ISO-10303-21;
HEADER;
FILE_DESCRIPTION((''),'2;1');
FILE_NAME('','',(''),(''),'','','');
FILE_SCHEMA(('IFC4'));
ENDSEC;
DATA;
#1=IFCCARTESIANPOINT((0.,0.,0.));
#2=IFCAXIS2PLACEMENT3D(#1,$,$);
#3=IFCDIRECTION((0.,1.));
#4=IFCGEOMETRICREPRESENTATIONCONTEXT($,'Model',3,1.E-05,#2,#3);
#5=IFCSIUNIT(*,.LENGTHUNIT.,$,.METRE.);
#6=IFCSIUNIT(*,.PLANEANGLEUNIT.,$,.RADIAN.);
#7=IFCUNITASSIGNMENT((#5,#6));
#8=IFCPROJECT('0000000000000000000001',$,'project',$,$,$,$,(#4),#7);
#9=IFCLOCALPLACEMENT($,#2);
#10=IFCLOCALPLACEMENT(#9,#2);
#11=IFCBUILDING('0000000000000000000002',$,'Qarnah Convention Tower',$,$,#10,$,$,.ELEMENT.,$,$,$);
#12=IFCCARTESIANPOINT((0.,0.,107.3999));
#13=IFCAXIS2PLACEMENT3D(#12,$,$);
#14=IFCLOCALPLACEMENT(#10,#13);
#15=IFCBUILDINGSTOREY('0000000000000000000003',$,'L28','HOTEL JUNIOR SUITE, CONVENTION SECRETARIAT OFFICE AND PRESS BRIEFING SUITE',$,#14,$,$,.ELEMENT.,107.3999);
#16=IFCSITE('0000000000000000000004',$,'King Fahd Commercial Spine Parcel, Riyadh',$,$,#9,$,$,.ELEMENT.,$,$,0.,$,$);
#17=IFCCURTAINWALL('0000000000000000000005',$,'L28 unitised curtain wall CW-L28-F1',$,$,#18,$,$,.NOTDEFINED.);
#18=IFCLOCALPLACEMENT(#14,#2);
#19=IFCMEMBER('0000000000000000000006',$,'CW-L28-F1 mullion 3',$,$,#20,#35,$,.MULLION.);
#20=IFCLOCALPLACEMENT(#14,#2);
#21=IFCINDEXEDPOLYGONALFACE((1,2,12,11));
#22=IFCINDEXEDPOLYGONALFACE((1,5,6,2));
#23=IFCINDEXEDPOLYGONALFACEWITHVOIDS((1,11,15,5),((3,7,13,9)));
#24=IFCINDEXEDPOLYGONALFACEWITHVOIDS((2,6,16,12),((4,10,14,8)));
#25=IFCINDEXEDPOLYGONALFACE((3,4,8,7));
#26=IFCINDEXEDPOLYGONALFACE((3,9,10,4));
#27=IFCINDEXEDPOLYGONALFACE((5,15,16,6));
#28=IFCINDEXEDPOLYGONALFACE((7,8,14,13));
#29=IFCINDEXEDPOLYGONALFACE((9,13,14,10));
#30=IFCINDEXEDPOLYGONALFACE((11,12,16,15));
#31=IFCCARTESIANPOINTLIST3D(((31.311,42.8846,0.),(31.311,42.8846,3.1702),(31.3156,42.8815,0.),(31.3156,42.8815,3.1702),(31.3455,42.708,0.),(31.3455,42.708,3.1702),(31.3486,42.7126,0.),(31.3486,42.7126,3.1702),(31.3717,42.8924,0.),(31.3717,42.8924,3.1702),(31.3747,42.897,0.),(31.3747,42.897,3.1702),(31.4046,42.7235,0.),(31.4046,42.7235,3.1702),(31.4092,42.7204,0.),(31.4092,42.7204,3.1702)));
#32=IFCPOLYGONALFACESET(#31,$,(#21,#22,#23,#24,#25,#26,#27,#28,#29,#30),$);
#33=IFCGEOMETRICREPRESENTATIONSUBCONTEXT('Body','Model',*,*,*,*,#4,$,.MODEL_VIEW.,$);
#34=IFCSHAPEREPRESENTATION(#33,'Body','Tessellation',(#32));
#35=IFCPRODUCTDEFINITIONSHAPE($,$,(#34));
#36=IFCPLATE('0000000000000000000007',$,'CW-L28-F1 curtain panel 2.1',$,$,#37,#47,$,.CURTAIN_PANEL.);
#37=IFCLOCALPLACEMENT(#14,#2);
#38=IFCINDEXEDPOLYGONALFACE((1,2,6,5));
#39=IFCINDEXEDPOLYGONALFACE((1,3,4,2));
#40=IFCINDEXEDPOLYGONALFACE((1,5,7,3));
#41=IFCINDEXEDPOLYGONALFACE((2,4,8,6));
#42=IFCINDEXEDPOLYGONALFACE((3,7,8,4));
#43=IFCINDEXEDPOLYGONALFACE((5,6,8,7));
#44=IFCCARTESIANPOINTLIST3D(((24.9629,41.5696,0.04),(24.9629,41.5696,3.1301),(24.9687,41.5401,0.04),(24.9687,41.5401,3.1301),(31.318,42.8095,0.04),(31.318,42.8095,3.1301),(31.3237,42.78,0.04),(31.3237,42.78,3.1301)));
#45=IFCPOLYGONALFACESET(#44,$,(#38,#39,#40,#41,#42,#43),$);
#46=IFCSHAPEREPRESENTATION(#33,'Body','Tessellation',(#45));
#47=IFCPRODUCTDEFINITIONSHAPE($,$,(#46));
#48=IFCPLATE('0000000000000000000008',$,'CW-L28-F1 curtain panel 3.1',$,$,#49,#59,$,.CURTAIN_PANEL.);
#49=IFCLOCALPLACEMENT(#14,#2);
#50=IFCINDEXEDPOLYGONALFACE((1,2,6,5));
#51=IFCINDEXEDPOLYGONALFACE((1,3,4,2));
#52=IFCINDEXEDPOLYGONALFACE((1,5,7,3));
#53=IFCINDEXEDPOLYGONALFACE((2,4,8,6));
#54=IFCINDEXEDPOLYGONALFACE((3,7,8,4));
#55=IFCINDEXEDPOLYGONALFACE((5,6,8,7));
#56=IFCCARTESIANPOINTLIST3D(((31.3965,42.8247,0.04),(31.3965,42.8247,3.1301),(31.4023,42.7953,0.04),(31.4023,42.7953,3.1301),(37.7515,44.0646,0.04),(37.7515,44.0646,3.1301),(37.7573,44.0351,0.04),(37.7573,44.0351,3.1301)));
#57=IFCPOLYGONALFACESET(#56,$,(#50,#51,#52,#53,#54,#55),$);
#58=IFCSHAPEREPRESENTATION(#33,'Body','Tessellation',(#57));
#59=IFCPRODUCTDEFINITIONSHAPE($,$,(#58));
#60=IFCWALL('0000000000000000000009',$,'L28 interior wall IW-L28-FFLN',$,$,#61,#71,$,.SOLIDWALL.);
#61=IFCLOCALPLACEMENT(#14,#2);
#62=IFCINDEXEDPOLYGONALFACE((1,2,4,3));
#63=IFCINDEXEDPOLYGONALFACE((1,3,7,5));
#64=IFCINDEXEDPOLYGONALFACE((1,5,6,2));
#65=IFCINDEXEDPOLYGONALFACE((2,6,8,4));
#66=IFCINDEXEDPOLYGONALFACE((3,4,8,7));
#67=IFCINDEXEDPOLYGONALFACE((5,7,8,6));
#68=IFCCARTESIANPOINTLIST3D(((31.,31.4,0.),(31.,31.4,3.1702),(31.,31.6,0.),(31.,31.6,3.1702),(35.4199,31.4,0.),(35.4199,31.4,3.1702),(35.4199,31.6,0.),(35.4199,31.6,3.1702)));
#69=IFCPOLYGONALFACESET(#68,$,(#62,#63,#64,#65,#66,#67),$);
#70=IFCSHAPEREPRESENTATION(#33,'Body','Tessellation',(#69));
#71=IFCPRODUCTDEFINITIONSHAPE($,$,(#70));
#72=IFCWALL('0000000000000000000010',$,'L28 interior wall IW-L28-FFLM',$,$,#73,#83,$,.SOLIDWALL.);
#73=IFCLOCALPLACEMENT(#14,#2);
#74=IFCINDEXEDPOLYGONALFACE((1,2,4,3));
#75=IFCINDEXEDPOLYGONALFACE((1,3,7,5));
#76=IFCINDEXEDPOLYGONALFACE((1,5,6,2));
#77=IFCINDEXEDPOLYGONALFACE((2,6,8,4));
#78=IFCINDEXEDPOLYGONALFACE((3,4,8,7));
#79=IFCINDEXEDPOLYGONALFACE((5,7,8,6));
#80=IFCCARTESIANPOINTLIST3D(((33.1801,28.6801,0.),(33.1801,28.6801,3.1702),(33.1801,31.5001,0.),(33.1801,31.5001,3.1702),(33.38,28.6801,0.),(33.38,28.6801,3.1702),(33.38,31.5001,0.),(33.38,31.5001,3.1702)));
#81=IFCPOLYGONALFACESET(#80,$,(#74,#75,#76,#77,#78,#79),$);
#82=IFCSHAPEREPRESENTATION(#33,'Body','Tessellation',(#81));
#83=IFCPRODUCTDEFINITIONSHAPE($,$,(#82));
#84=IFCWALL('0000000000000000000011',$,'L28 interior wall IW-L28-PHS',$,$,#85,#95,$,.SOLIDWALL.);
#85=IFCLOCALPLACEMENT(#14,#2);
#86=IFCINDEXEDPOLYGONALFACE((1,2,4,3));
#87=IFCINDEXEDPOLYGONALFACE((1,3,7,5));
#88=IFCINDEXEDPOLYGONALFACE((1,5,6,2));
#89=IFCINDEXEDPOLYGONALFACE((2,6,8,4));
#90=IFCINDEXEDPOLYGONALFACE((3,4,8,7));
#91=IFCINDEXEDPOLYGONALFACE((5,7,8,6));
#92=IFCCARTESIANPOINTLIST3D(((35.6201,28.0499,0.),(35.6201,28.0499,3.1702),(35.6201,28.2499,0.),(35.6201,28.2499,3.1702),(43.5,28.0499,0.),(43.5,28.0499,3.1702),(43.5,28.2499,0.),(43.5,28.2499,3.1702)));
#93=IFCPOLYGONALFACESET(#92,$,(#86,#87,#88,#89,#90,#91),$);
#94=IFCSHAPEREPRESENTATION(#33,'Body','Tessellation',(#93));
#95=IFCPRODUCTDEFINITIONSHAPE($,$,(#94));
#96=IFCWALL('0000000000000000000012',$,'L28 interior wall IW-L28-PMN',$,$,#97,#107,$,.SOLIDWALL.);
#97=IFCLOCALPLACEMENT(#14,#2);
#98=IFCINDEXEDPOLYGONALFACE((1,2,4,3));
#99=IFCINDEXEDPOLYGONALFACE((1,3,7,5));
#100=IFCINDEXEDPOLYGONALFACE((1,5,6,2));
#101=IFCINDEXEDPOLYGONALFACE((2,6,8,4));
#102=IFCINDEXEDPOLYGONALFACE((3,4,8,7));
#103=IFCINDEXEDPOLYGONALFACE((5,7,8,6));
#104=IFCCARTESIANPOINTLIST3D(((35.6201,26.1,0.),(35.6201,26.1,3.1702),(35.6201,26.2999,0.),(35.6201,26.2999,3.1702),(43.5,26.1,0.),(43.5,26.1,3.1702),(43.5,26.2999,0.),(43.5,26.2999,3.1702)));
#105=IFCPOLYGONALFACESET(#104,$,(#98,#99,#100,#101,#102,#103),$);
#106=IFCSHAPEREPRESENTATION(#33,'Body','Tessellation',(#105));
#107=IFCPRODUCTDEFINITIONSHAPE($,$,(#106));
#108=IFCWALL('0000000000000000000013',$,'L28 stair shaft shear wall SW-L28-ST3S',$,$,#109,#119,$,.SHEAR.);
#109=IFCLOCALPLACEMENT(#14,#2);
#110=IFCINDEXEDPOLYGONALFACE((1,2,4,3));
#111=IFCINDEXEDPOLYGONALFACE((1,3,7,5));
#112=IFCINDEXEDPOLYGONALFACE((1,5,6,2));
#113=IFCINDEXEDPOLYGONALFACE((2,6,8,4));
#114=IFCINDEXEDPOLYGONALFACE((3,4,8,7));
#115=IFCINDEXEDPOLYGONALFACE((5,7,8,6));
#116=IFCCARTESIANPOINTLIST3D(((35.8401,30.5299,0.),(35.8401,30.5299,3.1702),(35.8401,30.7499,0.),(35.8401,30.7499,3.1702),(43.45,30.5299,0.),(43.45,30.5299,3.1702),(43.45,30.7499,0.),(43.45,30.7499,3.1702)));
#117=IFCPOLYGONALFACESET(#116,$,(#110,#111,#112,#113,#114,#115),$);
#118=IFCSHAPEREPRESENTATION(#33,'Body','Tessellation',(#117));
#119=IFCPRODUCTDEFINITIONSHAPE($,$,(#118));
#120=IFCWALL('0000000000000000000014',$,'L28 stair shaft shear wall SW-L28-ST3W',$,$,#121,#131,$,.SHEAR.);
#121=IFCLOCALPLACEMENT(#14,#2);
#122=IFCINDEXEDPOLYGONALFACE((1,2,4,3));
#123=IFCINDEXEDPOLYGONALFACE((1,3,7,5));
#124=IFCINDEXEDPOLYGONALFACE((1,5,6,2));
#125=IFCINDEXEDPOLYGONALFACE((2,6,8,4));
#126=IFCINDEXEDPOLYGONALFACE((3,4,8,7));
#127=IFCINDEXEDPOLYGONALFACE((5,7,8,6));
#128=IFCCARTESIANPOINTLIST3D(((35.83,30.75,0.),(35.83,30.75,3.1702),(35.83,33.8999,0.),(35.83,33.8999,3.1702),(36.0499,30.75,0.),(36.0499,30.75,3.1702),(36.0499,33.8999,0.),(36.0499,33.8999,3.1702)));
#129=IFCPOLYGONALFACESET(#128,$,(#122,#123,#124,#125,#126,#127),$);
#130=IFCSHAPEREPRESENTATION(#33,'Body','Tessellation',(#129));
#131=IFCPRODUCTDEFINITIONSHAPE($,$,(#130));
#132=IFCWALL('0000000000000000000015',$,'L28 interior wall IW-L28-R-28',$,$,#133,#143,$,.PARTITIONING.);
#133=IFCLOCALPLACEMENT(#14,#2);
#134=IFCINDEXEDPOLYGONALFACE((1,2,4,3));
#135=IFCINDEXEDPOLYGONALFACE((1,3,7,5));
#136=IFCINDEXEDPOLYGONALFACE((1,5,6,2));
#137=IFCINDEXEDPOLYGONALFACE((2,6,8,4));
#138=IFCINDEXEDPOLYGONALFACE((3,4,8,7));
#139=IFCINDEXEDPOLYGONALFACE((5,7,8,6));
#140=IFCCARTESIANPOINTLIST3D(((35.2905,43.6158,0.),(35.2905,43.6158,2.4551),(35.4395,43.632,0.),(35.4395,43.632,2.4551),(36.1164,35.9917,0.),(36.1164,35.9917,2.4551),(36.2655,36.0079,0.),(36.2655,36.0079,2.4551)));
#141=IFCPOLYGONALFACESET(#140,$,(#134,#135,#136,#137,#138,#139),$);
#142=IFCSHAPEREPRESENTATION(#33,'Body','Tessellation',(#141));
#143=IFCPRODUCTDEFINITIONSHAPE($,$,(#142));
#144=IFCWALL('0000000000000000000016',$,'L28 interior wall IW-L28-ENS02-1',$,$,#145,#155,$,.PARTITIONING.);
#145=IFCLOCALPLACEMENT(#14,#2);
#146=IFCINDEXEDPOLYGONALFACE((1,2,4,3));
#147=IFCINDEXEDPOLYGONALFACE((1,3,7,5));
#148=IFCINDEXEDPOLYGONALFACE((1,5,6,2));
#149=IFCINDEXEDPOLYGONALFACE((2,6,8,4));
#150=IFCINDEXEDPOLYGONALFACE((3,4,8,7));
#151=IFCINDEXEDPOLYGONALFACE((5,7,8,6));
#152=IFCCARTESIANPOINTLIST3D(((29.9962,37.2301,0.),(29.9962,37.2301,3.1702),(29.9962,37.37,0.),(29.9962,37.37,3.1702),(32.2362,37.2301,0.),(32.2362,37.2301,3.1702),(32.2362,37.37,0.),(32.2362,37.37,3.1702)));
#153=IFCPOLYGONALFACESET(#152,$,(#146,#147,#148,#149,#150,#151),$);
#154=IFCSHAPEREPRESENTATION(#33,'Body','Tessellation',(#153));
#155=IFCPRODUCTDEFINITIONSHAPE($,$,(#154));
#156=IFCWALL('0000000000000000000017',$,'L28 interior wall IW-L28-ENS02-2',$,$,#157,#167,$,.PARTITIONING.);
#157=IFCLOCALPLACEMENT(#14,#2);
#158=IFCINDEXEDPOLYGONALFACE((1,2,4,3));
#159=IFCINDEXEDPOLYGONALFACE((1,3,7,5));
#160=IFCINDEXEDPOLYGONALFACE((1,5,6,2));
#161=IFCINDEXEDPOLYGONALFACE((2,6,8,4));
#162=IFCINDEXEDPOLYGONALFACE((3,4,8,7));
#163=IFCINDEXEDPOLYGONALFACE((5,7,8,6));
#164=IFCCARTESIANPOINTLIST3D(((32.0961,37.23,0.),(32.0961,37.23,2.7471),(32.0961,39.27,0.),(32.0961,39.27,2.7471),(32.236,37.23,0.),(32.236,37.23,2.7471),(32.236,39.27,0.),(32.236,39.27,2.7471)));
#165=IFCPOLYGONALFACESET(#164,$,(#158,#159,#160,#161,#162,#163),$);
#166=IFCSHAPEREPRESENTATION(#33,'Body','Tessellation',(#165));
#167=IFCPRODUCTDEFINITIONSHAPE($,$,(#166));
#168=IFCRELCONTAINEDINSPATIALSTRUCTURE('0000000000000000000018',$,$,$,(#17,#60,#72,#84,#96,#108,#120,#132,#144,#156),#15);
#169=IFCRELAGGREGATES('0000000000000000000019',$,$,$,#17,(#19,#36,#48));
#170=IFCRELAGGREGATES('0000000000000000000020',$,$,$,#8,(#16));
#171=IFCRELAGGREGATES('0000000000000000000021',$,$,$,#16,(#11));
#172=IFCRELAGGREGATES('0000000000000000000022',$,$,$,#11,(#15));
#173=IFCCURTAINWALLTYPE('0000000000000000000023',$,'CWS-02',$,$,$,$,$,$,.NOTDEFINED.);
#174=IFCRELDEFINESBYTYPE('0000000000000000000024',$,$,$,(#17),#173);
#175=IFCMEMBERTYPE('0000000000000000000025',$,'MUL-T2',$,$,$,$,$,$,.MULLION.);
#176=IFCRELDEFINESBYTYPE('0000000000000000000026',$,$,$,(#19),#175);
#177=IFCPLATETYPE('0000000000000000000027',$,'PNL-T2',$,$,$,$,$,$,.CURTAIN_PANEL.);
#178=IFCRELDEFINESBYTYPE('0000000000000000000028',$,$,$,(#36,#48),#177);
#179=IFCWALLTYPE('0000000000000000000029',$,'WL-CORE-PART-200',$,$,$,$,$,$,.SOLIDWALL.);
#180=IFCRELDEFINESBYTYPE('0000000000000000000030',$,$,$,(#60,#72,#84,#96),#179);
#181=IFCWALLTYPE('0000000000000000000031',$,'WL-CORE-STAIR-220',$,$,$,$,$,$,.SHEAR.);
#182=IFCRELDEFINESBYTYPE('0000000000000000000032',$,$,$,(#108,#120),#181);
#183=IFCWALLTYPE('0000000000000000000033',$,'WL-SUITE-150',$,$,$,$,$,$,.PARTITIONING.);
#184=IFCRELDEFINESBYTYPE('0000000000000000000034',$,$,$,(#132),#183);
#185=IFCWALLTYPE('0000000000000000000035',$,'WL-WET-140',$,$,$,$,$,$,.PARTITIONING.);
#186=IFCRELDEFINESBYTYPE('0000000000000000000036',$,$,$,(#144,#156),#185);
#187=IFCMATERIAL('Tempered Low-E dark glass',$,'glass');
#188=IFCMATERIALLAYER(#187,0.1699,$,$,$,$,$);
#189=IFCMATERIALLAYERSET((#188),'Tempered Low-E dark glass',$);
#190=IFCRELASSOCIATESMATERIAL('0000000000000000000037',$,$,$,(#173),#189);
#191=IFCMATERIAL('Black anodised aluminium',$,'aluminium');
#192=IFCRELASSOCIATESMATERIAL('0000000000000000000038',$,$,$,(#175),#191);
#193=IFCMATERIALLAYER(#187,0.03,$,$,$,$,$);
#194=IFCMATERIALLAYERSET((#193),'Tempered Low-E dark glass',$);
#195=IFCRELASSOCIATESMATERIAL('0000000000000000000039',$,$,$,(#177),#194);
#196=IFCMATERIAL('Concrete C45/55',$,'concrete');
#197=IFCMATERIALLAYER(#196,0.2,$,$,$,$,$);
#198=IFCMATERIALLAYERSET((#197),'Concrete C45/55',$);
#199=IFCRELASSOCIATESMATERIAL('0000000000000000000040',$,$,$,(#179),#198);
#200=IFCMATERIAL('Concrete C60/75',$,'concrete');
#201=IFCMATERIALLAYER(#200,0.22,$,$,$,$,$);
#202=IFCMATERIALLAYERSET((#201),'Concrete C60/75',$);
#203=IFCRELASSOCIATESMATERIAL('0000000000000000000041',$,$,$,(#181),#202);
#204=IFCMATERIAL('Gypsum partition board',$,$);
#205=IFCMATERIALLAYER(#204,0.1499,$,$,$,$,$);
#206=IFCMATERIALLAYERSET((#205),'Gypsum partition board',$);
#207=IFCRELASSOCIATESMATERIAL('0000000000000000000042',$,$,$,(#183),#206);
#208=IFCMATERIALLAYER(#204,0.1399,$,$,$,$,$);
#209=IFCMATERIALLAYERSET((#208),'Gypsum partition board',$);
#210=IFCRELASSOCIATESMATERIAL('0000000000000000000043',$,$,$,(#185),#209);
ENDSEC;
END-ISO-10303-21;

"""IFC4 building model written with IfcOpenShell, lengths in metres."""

from ifc_helpers import new_model, si_unit, direction, frame, frame_2d, origin, origin_2d, place, context, subcontext, project, spatial, rectangle, hollow_rectangle, extrude, material, layer, layer_set, material_profile, profile_set, type_object, element, aggregate, save


model = new_model("IFC4")

# Units and contexts
model_context = context("Model", 3, precision=1e-05, world=origin(), true_north=direction((0.0, 1.0)))
body_context = subcontext(model_context, "Body", "Model", "MODEL_VIEW")
ifc_project = project(units=[si_unit("LENGTHUNIT", "METRE"), si_unit("PLANEANGLEUNIT", "RADIAN")], contexts=[model_context])

# Site, building, storey
site_placement = place(None, origin())
site = spatial("IfcSite", under=ifc_project, at=site_placement, Name="King Fahd Commercial Spine Parcel, Riyadh", CompositionType="ELEMENT", RefElevation=0.0)
building_placement = place(site_placement, origin())
building = spatial("IfcBuilding", under=site, at=building_placement, Name="Qarnah Convention Tower", CompositionType="ELEMENT")
storey_placement = place(building_placement, frame((0.0, 0.0, 107.3999)))
storey = spatial("IfcBuildingStorey", under=building, at=storey_placement, Name="L28", Description="HOTEL JUNIOR SUITE, CONVENTION SECRETARIAT OFFICE AND PRESS BRIEFING SUITE", CompositionType="ELEMENT", Elevation=107.3999)

# Shared definitions
ifc_material_1 = material(Name="Concrete C60/75", Category="concrete")

# Curtain wall, member, plates
ifc_material_2 = material(Name="Tempered Low-E dark glass", Category="glass")
ifc_layer_1 = layer(ifc_material_2, 0.1699)
ifc_layer_set_1 = layer_set([ifc_layer_1], Name="Tempered Low-E dark glass")
curtain_wall_type = type_object("IfcCurtainWallType", Name="CWS-02", PredefinedType="NOTDEFINED", material=ifc_layer_set_1)
curtain_wall_placement = place(storey_placement, origin())
curtain_wall = element("IfcCurtainWall", 1, at=curtain_wall_placement, inside=storey, type_object=curtain_wall_type, Name="L28 unitised curtain wall CW-L28-F1", PredefinedType="NOTDEFINED")
ifc_material_3 = material(Name="Black anodised aluminium", Category="aluminium")
ifc_material_profile_1 = material_profile(ifc_material_3, hollow_rectangle(XDim=0.0649, YDim=0.1799, WallThickness=0.0039, at=origin_2d()), Name="MUL-65X180")
ifc_profile_set_1 = profile_set([ifc_material_profile_1], Name="Black anodised aluminium")
member_type = type_object("IfcMemberType", Name="MUL-T2", PredefinedType="MULLION", material=ifc_profile_set_1)
member_placement = place(storey_placement, frame((31.3601, 42.8025, 0.0), z_axis=(0.0, 0.0, 1.0), x_axis=(0.981495, 0.19149, 0.0)))
member = element("IfcMember", 2, at=member_placement, type_object=member_type, Name="CW-L28-F1 mullion 3", PredefinedType="MULLION", context=body_context, shape_type="SweptSolid", body=[
    extrude(hollow_rectangle(XDim=0.0649, YDim=0.1799, WallThickness=0.0039, at=origin_2d()), origin(), (0.0, 0.0, 1.0), 3.1702),
])
ifc_layer_2 = layer(ifc_material_2, 0.03)
ifc_layer_set_2 = layer_set([ifc_layer_2], Name="Tempered Low-E dark glass")
plate_type = type_object("IfcPlateType", Name="PNL-T2", PredefinedType="CURTAIN_PANEL", material=ifc_layer_set_2)
plate_1_placement = place(storey_placement, frame((28.1433, 42.1748, 0.04), z_axis=(0.0, 0.0, 1.0), x_axis=(0.981495, 0.19149, 0.0)))
plate_1 = element("IfcPlate", 3, at=plate_1_placement, type_object=plate_type, Name="CW-L28-F1 curtain panel 2.1", PredefinedType="CURTAIN_PANEL", context=body_context, shape_type="SweptSolid", body=[
    extrude(rectangle(XDim=6.4749, YDim=0.03, at=origin_2d()), origin(), (0.0, 0.0, 1.0), 3.0901),
])
plate_2_placement = place(storey_placement, frame((34.5769, 43.4299, 0.04), z_axis=(0.0, 0.0, 1.0), x_axis=(0.981495, 0.19149, 0.0)))
plate_2 = element("IfcPlate", 4, at=plate_2_placement, type_object=plate_type, Name="CW-L28-F1 curtain panel 3.1", PredefinedType="CURTAIN_PANEL", context=body_context, shape_type="SweptSolid", body=[
    extrude(rectangle(XDim=6.4749, YDim=0.03, at=origin_2d()), origin(), (0.0, 0.0, 1.0), 3.0901),
])
aggregate(curtain_wall, [member, plate_1, plate_2])

# Shared definitions
ifc_material_4 = material(Name="Concrete C45/55", Category="concrete")
ifc_layer_3 = layer(ifc_material_4, 0.2)
ifc_layer_set_3 = layer_set([ifc_layer_3], Name="Concrete C45/55")
wall_type_1 = type_object("IfcWallType", Name="WL-CORE-PART-200", PredefinedType="SOLIDWALL", material=ifc_layer_set_3)

# Walls
wall_1_placement = place(storey_placement, frame((31.0, 31.5, 0.0), z_axis=(0.0, 0.0, 1.0), x_axis=(1.0, 0.0, 0.0)))
element("IfcWall", 5, at=wall_1_placement, inside=storey, type_object=wall_type_1, Name="L28 interior wall IW-L28-FFLN", PredefinedType="SOLIDWALL", context=body_context, shape_type="SweptSolid", body=[
    extrude(rectangle(XDim=4.4199, YDim=0.2, at=frame_2d((2.21, 0.0))), origin(), (0.0, 0.0, 1.0), 3.1702),
])
wall_2_placement = place(storey_placement, frame((33.28, 28.6799, 0.0), z_axis=(0.0, 0.0, 1.0), x_axis=(0.0, 1.0, 0.0)))
element("IfcWall", 6, at=wall_2_placement, inside=storey, type_object=wall_type_1, Name="L28 interior wall IW-L28-FFLM", PredefinedType="SOLIDWALL", context=body_context, shape_type="SweptSolid", body=[
    extrude(rectangle(XDim=2.8201, YDim=0.2, at=frame_2d((1.4102, 0.0))), origin(), (0.0, 0.0, 1.0), 3.1702),
])
for number, where, z_axis, x_axis, name in (
    (7, (35.6201, 28.1499, 0.0), (0.0, 0.0, 1.0), (1.0, 0.0, 0.0), "L28 interior wall IW-L28-PHS"),
    (8, (35.6201, 26.2, 0.0), (0.0, 0.0, 1.0), (1.0, 0.0, 0.0), "L28 interior wall IW-L28-PMN"),
):
    element("IfcWall", number, at=place(storey_placement, frame(where, z_axis=z_axis, x_axis=x_axis)), inside=storey, type_object=wall_type_1, Name=name, PredefinedType="SOLIDWALL", context=body_context, shape_type="SweptSolid", body=[
        extrude(rectangle(XDim=7.8799, YDim=0.2, at=frame_2d((3.9399, 0.0))), origin(), (0.0, 0.0, 1.0), 3.1702),
    ])
ifc_layer_4 = layer(ifc_material_1, 0.22)
ifc_layer_set_4 = layer_set([ifc_layer_4], Name="Concrete C60/75")
wall_type_2 = type_object("IfcWallType", Name="WL-CORE-STAIR-220", PredefinedType="SHEAR", material=ifc_layer_set_4)
wall_3_placement = place(storey_placement, frame((35.8401, 30.6399, 0.0), z_axis=(0.0, 0.0, 1.0), x_axis=(1.0, 0.0, 0.0)))
element("IfcWall", 9, at=wall_3_placement, inside=storey, type_object=wall_type_2, Name="L28 stair shaft shear wall SW-L28-ST3S", PredefinedType="SHEAR", context=body_context, shape_type="SweptSolid", body=[
    extrude(rectangle(XDim=7.6099, YDim=0.22, at=frame_2d((3.8049, 0.0))), origin(), (0.0, 0.0, 1.0), 3.1702),
])
wall_4_placement = place(storey_placement, frame((35.9399, 30.75, 0.0), z_axis=(0.0, 0.0, 1.0), x_axis=(0.0, 1.0, 0.0)))
element("IfcWall", 10, at=wall_4_placement, inside=storey, type_object=wall_type_2, Name="L28 stair shaft shear wall SW-L28-ST3W", PredefinedType="SHEAR", context=body_context, shape_type="SweptSolid", body=[
    extrude(rectangle(XDim=3.1499, YDim=0.22, at=frame_2d((1.575, 0.0))), origin(), (0.0, 0.0, 1.0), 3.1702),
])
ifc_material_5 = material(Name="Gypsum partition board")
ifc_layer_5 = layer(ifc_material_5, 0.1499)
ifc_layer_set_5 = layer_set([ifc_layer_5], Name="Gypsum partition board")
wall_type_3 = type_object("IfcWallType", Name="WL-SUITE-150", PredefinedType="PARTITIONING", material=ifc_layer_set_5)
wall_5_placement = place(storey_placement, frame((35.365, 43.624, 0.0), z_axis=(0.0, 0.0, 1.0), x_axis=(0.107702, -0.994183, 0.0)))
element("IfcWall", 11, at=wall_5_placement, inside=storey, type_object=wall_type_3, Name="L28 interior wall IW-L28-R-28", PredefinedType="PARTITIONING", context=body_context, shape_type="SweptSolid", body=[
    extrude(rectangle(XDim=7.6687, YDim=0.1499, at=frame_2d((3.8345, 0.0))), origin(), (0.0, 0.0, 1.0), 2.4551),
])

# Walls
ifc_layer_6 = layer(ifc_material_5, 0.1399)
ifc_layer_set_6 = layer_set([ifc_layer_6], Name="Gypsum partition board")
wall_type_4 = type_object("IfcWallType", Name="WL-WET-140", PredefinedType="PARTITIONING", material=ifc_layer_set_6)
wall_6_placement = place(storey_placement, frame((29.9961, 37.3, 0.0), z_axis=(0.0, 0.0, 1.0), x_axis=(1.0, 0.0, 0.0)))
element("IfcWall", 12, at=wall_6_placement, inside=storey, type_object=wall_type_4, Name="L28 interior wall IW-L28-ENS02-1", PredefinedType="PARTITIONING", context=body_context, shape_type="SweptSolid", body=[
    extrude(rectangle(XDim=2.24, YDim=0.1399, at=frame_2d((1.1201, 0.0))), origin(), (0.0, 0.0, 1.0), 3.1702),
])
wall_7_placement = place(storey_placement, frame((32.166, 37.23, 0.0), z_axis=(0.0, 0.0, 1.0), x_axis=(0.0, 1.0, 0.0)))
element("IfcWall", 13, at=wall_7_placement, inside=storey, type_object=wall_type_4, Name="L28 interior wall IW-L28-ENS02-2", PredefinedType="PARTITIONING", context=body_context, shape_type="SweptSolid", body=[
    extrude(rectangle(XDim=2.04, YDim=0.1399, at=frame_2d((1.02, 0.0))), origin(), (0.0, 0.0, 1.0), 2.7471),
])

save(model, "model.ifc")
